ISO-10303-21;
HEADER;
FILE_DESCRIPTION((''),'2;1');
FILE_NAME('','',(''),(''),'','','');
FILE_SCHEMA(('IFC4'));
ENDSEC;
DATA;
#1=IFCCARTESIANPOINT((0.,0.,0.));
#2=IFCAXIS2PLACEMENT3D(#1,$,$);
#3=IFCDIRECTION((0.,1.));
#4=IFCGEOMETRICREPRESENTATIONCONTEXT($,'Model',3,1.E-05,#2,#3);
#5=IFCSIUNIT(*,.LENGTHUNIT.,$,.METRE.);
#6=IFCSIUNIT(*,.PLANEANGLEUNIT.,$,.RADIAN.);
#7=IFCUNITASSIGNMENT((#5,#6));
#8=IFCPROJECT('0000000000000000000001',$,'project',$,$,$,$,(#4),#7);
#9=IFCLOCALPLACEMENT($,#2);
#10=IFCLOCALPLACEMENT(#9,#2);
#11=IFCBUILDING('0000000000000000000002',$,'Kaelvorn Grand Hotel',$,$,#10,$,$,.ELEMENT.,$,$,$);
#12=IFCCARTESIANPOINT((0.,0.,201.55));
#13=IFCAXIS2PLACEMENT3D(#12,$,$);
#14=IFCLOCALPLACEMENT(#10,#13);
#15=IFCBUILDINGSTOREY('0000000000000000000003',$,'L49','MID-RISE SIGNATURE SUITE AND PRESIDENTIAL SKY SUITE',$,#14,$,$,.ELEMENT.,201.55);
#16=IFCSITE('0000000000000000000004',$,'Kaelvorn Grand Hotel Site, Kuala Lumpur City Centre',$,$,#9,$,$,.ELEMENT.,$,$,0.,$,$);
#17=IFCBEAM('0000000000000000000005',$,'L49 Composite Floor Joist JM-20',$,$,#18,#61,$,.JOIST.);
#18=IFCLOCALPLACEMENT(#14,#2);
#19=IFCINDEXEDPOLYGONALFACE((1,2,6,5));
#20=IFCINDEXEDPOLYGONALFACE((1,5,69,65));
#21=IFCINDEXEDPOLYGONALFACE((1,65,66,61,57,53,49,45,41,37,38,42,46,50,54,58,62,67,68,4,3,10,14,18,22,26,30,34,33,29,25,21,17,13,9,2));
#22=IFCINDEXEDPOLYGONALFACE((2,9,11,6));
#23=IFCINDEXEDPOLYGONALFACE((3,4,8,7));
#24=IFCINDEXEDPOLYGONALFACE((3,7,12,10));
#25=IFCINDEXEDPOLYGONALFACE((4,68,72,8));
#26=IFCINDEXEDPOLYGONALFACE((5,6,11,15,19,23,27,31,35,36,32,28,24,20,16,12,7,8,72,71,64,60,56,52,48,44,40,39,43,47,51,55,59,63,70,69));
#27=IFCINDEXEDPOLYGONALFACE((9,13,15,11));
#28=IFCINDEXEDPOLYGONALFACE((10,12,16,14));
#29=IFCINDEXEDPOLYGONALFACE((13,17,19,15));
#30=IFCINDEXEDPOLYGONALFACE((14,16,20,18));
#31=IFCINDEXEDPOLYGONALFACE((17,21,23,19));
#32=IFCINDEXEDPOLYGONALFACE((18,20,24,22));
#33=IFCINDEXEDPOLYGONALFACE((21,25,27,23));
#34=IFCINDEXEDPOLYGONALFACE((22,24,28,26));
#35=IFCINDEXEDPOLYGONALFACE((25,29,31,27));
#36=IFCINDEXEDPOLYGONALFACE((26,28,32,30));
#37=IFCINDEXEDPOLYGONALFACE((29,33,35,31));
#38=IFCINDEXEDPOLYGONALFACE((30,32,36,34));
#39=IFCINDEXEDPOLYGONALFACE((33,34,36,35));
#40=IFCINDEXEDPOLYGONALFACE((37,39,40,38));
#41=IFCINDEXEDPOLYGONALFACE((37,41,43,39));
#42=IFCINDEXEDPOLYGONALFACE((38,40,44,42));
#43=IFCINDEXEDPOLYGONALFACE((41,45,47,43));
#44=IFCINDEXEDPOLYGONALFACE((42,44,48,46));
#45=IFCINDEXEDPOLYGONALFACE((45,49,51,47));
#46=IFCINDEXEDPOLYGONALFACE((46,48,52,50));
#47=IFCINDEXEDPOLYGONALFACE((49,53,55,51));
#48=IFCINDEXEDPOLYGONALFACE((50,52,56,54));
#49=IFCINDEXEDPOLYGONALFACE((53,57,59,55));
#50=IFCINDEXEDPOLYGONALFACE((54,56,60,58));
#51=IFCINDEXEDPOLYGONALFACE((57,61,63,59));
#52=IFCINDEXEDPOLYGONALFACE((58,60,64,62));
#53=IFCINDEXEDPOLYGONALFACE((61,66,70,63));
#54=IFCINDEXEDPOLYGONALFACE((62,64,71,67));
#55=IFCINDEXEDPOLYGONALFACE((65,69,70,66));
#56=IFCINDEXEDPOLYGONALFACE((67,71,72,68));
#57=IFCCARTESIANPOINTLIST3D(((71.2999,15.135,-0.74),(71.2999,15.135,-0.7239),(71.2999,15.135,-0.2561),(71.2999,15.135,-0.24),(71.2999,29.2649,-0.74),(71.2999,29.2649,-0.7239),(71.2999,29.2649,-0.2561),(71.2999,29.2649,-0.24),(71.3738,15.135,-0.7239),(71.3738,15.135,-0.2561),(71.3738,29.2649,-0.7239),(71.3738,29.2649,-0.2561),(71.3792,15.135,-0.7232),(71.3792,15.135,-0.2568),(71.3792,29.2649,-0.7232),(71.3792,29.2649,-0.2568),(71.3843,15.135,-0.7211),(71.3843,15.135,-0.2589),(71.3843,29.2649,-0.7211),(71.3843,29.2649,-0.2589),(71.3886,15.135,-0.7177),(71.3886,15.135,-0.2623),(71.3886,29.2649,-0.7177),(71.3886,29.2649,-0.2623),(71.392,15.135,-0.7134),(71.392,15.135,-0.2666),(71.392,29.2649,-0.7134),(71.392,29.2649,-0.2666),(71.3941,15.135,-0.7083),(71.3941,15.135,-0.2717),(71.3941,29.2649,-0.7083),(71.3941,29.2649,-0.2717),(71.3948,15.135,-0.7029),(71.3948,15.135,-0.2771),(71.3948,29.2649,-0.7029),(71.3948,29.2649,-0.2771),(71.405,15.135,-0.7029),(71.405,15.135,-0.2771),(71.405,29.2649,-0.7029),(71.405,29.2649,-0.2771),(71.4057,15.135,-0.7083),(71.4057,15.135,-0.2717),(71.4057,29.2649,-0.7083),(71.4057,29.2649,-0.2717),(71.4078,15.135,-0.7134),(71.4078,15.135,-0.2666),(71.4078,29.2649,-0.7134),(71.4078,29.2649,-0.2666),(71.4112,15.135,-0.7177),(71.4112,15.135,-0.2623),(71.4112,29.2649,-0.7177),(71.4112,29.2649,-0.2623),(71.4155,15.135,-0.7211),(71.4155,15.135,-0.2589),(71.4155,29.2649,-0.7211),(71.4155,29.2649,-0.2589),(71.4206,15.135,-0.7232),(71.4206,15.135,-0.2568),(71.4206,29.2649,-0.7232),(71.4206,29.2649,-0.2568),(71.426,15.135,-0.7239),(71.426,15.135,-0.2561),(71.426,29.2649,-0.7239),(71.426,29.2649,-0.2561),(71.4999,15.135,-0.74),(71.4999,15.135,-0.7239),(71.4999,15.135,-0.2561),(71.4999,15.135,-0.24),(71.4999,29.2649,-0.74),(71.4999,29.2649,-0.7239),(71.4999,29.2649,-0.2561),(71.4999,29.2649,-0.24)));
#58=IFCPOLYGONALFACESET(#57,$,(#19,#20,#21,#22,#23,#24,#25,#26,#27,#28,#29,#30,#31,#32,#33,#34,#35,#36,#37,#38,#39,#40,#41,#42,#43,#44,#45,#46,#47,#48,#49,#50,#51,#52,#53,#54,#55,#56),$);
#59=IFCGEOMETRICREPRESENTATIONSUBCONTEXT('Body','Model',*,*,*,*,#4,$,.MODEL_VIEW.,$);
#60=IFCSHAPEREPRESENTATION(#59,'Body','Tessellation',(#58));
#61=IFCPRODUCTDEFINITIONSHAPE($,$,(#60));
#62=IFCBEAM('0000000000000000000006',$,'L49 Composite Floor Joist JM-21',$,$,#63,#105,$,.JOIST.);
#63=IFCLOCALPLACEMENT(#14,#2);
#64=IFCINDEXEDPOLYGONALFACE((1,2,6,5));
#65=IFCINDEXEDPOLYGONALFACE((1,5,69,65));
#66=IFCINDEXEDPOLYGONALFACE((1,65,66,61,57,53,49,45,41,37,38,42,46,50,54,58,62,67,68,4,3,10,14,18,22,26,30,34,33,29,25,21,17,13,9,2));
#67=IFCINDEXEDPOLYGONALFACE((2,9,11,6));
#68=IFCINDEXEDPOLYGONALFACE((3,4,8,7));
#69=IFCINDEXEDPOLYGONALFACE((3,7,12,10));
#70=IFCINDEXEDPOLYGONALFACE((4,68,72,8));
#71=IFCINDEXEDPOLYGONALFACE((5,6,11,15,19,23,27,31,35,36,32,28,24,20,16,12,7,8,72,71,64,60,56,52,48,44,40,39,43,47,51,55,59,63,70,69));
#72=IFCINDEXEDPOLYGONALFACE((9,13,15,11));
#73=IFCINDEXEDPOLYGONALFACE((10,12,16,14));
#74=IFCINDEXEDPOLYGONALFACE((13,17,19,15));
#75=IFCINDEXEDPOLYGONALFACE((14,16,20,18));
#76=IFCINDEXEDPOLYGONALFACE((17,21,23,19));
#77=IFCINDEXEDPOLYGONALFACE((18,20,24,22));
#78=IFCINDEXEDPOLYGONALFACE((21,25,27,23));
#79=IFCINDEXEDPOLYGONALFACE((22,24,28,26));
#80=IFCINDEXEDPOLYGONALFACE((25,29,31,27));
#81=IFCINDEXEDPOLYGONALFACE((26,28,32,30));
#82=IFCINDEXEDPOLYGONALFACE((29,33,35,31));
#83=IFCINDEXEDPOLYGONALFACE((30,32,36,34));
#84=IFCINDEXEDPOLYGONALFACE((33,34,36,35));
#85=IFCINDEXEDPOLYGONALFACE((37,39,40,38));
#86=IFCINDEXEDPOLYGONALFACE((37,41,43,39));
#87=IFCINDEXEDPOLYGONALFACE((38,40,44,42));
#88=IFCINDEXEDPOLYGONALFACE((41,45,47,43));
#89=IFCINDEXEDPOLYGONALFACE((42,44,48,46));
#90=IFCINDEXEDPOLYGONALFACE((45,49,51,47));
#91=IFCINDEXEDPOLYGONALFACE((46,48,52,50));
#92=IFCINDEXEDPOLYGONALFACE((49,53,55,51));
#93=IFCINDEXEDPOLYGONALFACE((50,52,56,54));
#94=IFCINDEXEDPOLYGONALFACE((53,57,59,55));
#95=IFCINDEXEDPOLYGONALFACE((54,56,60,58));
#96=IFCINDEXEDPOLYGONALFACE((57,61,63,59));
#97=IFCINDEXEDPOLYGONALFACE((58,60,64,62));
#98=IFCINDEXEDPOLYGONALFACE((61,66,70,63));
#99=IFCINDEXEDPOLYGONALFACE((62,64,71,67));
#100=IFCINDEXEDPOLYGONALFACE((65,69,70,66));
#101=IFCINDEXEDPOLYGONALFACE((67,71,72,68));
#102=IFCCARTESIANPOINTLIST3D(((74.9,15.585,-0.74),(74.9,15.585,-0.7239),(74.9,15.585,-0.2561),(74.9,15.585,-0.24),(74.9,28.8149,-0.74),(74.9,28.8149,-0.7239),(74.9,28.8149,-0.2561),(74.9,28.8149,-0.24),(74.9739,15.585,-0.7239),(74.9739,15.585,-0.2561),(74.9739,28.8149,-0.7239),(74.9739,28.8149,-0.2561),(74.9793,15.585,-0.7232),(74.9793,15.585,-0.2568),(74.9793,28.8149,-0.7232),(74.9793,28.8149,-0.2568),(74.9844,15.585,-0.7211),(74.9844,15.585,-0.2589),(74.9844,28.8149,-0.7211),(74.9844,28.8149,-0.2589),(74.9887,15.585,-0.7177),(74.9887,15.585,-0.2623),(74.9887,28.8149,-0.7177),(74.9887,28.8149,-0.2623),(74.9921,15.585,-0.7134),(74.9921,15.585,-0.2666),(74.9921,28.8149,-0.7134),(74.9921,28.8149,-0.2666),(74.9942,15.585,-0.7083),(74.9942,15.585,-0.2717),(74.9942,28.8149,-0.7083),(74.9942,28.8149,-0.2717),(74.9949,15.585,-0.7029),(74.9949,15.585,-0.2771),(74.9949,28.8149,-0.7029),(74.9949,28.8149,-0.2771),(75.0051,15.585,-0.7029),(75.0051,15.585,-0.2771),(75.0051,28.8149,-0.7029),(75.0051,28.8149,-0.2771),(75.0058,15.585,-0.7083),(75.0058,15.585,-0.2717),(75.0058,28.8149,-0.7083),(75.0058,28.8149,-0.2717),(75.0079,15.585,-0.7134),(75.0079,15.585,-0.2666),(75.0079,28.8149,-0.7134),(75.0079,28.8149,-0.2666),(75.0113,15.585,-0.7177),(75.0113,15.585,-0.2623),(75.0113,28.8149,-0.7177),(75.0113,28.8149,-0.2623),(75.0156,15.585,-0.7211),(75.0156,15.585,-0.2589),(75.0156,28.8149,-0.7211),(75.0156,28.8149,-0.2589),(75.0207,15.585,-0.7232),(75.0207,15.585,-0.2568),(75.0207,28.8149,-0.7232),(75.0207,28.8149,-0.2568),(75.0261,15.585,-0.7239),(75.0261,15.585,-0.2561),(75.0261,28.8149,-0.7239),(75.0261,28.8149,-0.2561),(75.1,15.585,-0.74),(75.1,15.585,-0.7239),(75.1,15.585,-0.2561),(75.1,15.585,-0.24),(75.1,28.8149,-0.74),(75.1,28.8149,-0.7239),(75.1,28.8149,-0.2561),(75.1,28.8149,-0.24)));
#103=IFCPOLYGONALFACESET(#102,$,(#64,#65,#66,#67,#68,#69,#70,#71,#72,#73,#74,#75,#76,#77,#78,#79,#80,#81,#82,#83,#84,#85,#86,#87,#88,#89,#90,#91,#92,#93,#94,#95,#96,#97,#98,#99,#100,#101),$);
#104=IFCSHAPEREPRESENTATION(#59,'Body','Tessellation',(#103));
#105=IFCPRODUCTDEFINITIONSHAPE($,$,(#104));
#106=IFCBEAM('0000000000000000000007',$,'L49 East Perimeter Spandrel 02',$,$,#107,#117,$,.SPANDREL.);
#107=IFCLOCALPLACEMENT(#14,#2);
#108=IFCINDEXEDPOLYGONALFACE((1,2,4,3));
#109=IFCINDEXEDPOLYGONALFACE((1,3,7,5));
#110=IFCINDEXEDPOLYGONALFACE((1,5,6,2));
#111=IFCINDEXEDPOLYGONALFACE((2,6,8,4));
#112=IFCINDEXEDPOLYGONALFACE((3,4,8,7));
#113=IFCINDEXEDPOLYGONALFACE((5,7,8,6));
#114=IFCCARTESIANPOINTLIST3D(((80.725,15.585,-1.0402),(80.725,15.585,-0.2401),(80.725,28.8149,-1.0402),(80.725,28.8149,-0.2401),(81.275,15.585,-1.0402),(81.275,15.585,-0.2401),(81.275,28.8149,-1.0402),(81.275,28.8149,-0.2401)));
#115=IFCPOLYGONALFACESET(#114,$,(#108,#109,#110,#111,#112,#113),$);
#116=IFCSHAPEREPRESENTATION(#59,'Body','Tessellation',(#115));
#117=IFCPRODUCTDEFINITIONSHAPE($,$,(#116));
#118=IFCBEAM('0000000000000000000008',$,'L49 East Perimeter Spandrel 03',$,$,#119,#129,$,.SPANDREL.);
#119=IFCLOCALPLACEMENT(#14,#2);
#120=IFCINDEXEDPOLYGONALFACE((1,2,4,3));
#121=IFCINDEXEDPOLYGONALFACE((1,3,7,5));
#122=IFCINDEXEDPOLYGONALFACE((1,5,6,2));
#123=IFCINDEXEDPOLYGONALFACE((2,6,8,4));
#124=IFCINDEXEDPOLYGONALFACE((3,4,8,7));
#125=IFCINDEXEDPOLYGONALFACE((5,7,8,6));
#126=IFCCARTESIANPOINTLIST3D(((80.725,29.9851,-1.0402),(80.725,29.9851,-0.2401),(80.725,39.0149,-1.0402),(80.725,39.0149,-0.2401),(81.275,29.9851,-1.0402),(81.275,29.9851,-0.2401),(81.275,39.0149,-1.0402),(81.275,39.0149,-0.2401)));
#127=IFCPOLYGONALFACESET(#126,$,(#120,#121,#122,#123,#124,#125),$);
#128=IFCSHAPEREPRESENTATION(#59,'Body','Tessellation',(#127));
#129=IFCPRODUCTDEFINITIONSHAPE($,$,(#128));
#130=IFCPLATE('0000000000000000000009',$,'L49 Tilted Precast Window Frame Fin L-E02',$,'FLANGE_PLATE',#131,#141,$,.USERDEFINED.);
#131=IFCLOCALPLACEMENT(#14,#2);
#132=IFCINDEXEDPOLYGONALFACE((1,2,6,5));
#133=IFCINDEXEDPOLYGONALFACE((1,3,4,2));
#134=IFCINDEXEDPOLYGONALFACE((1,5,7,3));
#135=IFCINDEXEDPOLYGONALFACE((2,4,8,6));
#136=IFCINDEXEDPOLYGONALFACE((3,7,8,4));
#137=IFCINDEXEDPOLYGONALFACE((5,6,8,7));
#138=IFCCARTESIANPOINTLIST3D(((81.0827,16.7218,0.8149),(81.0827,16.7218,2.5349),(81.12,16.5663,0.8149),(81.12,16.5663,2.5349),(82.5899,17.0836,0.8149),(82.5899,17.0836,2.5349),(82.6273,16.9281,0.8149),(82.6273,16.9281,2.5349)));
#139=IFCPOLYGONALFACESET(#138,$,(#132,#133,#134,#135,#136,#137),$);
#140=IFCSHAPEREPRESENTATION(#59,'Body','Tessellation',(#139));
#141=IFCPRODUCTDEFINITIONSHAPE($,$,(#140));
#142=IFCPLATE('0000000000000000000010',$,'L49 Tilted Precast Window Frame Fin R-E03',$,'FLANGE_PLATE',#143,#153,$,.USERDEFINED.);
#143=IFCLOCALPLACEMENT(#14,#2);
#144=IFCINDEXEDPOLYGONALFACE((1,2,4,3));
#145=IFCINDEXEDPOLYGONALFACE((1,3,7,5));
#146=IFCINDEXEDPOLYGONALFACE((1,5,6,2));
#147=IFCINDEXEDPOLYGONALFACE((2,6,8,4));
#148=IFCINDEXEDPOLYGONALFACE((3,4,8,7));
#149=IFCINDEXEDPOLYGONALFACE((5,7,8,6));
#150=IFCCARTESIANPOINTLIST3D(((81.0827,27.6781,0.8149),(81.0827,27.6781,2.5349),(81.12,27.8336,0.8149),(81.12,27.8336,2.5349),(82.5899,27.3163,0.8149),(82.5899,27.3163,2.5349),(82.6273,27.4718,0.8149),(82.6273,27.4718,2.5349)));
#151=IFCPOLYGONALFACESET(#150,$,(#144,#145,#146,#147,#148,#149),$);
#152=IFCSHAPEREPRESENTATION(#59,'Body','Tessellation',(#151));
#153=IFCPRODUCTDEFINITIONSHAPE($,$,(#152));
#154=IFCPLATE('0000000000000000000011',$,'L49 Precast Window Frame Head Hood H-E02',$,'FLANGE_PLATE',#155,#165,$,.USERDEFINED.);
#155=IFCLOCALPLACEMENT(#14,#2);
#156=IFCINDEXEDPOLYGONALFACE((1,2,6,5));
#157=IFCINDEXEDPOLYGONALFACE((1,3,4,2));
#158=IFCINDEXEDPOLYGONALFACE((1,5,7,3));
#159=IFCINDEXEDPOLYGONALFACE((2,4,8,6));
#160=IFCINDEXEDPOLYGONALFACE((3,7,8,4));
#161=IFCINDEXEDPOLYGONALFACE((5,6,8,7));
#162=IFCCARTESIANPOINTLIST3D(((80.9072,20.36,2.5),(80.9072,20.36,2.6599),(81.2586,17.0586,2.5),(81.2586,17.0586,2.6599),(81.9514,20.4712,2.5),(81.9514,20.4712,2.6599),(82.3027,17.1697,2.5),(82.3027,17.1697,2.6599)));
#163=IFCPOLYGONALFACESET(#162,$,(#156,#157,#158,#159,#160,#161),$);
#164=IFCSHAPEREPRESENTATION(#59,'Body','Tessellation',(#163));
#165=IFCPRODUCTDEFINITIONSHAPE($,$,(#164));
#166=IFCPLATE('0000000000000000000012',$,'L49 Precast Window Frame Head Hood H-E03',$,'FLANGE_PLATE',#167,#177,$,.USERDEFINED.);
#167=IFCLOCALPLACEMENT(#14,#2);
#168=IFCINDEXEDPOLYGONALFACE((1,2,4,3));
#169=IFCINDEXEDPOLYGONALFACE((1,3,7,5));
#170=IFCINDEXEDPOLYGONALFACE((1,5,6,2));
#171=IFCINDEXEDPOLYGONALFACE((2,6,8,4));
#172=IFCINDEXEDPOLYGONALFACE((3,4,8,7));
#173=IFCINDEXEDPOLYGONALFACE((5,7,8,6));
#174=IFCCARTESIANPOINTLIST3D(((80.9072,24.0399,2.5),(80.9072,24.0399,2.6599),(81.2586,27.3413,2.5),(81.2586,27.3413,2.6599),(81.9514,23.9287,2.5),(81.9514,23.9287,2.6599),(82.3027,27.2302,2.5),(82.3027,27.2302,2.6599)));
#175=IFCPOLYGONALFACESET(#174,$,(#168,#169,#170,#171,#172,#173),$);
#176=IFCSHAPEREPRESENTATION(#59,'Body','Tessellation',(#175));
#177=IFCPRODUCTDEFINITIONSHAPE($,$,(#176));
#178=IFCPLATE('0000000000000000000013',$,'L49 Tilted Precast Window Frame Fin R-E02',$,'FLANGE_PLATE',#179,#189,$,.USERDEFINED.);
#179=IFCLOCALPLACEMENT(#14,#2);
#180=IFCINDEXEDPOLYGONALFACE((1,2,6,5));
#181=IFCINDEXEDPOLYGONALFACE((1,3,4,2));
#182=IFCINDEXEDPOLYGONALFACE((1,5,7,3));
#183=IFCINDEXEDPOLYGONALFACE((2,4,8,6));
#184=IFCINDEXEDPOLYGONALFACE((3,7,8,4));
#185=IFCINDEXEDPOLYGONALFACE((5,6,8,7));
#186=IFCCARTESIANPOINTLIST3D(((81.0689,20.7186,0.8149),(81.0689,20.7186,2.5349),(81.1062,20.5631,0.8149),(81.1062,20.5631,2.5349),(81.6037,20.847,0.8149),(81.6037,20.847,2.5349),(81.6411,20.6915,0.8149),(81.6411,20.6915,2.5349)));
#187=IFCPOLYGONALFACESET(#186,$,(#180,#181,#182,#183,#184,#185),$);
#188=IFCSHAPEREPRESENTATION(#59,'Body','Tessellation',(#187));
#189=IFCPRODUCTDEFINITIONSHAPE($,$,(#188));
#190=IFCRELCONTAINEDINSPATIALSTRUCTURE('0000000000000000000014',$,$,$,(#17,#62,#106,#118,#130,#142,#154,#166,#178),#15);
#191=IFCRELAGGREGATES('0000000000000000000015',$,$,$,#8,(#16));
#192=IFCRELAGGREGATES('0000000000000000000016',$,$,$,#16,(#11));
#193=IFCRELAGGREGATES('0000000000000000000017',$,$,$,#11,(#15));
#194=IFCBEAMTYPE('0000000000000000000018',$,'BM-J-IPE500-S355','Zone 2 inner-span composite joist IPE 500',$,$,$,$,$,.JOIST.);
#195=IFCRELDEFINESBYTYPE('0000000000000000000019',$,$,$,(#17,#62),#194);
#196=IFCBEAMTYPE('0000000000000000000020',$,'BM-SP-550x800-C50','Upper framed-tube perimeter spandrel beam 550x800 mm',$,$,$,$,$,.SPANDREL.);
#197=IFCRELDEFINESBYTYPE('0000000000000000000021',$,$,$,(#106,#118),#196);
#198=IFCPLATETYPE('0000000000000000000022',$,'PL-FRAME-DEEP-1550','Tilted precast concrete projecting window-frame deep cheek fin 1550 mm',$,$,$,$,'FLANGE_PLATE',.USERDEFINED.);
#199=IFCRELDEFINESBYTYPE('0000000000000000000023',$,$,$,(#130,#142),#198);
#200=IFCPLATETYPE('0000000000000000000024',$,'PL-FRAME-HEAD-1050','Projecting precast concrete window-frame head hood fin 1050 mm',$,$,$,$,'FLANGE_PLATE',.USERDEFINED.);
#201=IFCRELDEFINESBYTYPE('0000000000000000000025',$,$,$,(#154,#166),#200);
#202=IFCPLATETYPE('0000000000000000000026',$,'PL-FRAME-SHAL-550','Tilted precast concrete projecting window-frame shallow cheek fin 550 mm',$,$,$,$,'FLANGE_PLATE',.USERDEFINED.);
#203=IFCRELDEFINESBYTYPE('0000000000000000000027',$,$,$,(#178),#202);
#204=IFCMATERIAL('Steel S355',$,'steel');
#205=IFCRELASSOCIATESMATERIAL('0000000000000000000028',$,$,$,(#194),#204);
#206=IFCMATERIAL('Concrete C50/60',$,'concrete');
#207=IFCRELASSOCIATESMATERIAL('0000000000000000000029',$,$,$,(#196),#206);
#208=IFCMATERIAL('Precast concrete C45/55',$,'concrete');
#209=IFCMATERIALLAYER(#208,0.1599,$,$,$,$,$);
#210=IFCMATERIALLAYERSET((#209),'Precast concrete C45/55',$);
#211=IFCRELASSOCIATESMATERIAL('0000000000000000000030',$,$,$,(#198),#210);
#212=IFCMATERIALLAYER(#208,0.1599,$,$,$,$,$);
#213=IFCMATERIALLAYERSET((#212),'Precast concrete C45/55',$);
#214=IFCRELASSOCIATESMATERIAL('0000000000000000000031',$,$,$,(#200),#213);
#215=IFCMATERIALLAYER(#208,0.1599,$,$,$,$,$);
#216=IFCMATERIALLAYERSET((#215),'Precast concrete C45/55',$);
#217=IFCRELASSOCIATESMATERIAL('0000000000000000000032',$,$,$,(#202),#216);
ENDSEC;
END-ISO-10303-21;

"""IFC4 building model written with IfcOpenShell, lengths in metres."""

from ifc_helpers import new_model, si_unit, direction, frame, origin, origin_2d, place, context, subcontext, project, spatial, rectangle, i_section, extrude, material, layer, layer_set, material_profile, profile_set, type_object, element, save


model = new_model("IFC4")

# Units and contexts
model_context = context("Model", 3, precision=1e-05, world=origin(), true_north=direction((0.0, 1.0)))
body_context = subcontext(model_context, "Body", "Model", "MODEL_VIEW")
ifc_project = project(units=[si_unit("LENGTHUNIT", "METRE"), si_unit("PLANEANGLEUNIT", "RADIAN")], contexts=[model_context])

# Site, building, storey
site_placement = place(None, origin())
site = spatial("IfcSite", under=ifc_project, at=site_placement, Name="Kaelvorn Grand Hotel Site, Kuala Lumpur City Centre", CompositionType="ELEMENT", RefElevation=0.0)
building_placement = place(site_placement, origin())
building = spatial("IfcBuilding", under=site, at=building_placement, Name="Kaelvorn Grand Hotel", CompositionType="ELEMENT")
storey_placement = place(building_placement, frame((0.0, 0.0, 201.55)))
storey = spatial("IfcBuildingStorey", under=building, at=storey_placement, Name="L49", Description="MID-RISE SIGNATURE SUITE AND PRESIDENTIAL SKY SUITE", CompositionType="ELEMENT", Elevation=201.55)

# Beams
ifc_material_1 = material(Name="Steel S355", Category="steel")
ifc_material_profile_1 = material_profile(ifc_material_1, i_section(OverallWidth=0.2, OverallDepth=0.5, WebThickness=0.0103, FlangeThickness=0.0161, FilletRadius=0.021, at=origin_2d()), Name="IPE 500")
ifc_profile_set_1 = profile_set([ifc_material_profile_1], Name="Steel S355")
beam_type_1 = type_object("IfcBeamType", Name="BM-J-IPE500-S355", Description="Zone 2 inner-span composite joist IPE 500", PredefinedType="JOIST", material=ifc_profile_set_1)
beam_1_placement = place(storey_placement, frame((71.3999, 15.135, -0.49), z_axis=(0.0, 1.0, 0.0), x_axis=(-1.0, 0.0, 0.0)))
element("IfcBeam", 1, at=beam_1_placement, inside=storey, type_object=beam_type_1, Name="L49 Composite Floor Joist JM-20", PredefinedType="JOIST", context=body_context, shape_type="SweptSolid", body=[
    extrude(i_section(OverallWidth=0.2, OverallDepth=0.5, WebThickness=0.0103, FlangeThickness=0.0161, FilletRadius=0.021, at=origin_2d()), origin(), (0.0, 0.0, 1.0), 14.1299),
])
beam_2_placement = place(storey_placement, frame((75.0, 15.585, -0.49), z_axis=(0.0, 1.0, 0.0), x_axis=(-1.0, 0.0, 0.0)))
element("IfcBeam", 2, at=beam_2_placement, inside=storey, type_object=beam_type_1, Name="L49 Composite Floor Joist JM-21", PredefinedType="JOIST", context=body_context, shape_type="SweptSolid", body=[
    extrude(i_section(OverallWidth=0.2, OverallDepth=0.5, WebThickness=0.0103, FlangeThickness=0.0161, FilletRadius=0.021, at=origin_2d()), origin(), (0.0, 0.0, 1.0), 13.23),
])
ifc_material_2 = material(Name="Concrete C50/60", Category="concrete")
ifc_material_profile_2 = material_profile(ifc_material_2, rectangle(XDim=0.55, YDim=0.8, at=origin_2d()), Name="RC SPANDREL 550x800")
ifc_profile_set_2 = profile_set([ifc_material_profile_2], Name="Concrete C50/60")
beam_type_2 = type_object("IfcBeamType", Name="BM-SP-550x800-C50", Description="Upper framed-tube perimeter spandrel beam 550x800 mm", PredefinedType="SPANDREL", material=ifc_profile_set_2)
beam_3_placement = place(storey_placement, frame((81.0, 15.585, -0.6401), z_axis=(0.0, 1.0, 0.0), x_axis=(-1.0, 0.0, 0.0)))
element("IfcBeam", 3, at=beam_3_placement, inside=storey, type_object=beam_type_2, Name="L49 East Perimeter Spandrel 02", PredefinedType="SPANDREL", context=body_context, shape_type="SweptSolid", body=[
    extrude(rectangle(XDim=0.55, YDim=0.8, at=origin_2d()), origin(), (0.0, 0.0, 1.0), 13.23),
])
beam_4_placement = place(storey_placement, frame((81.0, 29.9851, -0.6401), z_axis=(0.0, 1.0, 0.0), x_axis=(-1.0, 0.0, 0.0)))
element("IfcBeam", 4, at=beam_4_placement, inside=storey, type_object=beam_type_2, Name="L49 East Perimeter Spandrel 03", PredefinedType="SPANDREL", context=body_context, shape_type="SweptSolid", body=[
    extrude(rectangle(XDim=0.55, YDim=0.8, at=origin_2d()), origin(), (0.0, 0.0, 1.0), 9.0298),
])

# Plates
ifc_material_3 = material(Name="Precast concrete C45/55", Category="concrete")
ifc_layer_1 = layer(ifc_material_3, 0.1599)
ifc_layer_set_1 = layer_set([ifc_layer_1], Name="Precast concrete C45/55")
plate_type_1 = type_object("IfcPlateType", Name="PL-FRAME-DEEP-1550", Description="Tilted precast concrete projecting window-frame deep cheek fin 1550 mm", ElementType="FLANGE_PLATE", PredefinedType="USERDEFINED", material=ifc_layer_set_1)
for number, where, z_axis, x_axis, name in (
    (5, (81.855, 16.825, 0.8149), (0.0, 0.0, 1.0), (-0.233445, 0.97237, 0.0), "L49 Tilted Precast Window Frame Fin L-E02"),
    (6, (81.855, 27.575, 0.8149), (0.0, 0.0, 1.0), (0.233445, 0.97237, 0.0), "L49 Tilted Precast Window Frame Fin R-E03"),
):
    element("IfcPlate", number, at=place(storey_placement, frame(where, z_axis=z_axis, x_axis=x_axis)), inside=storey, type_object=plate_type_1, Name=name, ObjectType="FLANGE_PLATE", PredefinedType="USERDEFINED", context=body_context, shape_type="SweptSolid", body=[
        extrude(rectangle(XDim=0.1599, YDim=1.55, at=origin_2d()), origin(), (0.0, 0.0, 1.0), 1.72),
    ])
ifc_layer_2 = layer(ifc_material_3, 0.1599)
ifc_layer_set_2 = layer_set([ifc_layer_2], Name="Precast concrete C45/55")
plate_type_2 = type_object("IfcPlateType", Name="PL-FRAME-HEAD-1050", Description="Projecting precast concrete window-frame head hood fin 1050 mm", ElementType="FLANGE_PLATE", PredefinedType="USERDEFINED", material=ifc_layer_set_2)
for number, where, z_axis, x_axis, name in (
    (7, (81.605, 18.7649, 2.5), (0.0, 0.0, 1.0), (-0.10583, 0.994384, 0.0), "L49 Precast Window Frame Head Hood H-E02"),
    (8, (81.605, 25.635, 2.5), (0.0, 0.0, 1.0), (0.10583, 0.994384, 0.0), "L49 Precast Window Frame Head Hood H-E03"),
):
    element("IfcPlate", number, at=place(storey_placement, frame(where, z_axis=z_axis, x_axis=x_axis)), inside=storey, type_object=plate_type_2, Name=name, ObjectType="FLANGE_PLATE", PredefinedType="USERDEFINED", context=body_context, shape_type="SweptSolid", body=[
        extrude(rectangle(XDim=3.3201, YDim=1.05, at=origin_2d()), origin(), (0.0, 0.0, 1.0), 0.1599),
    ])
ifc_layer_3 = layer(ifc_material_3, 0.1599)
ifc_layer_set_3 = layer_set([ifc_layer_3], Name="Precast concrete C45/55")
plate_type_3 = type_object("IfcPlateType", Name="PL-FRAME-SHAL-550", Description="Tilted precast concrete projecting window-frame shallow cheek fin 550 mm", ElementType="FLANGE_PLATE", PredefinedType="USERDEFINED", material=ifc_layer_set_3)
for number, where, z_axis, x_axis, name in (
    (9, (81.355, 20.7051, 0.8149), (0.0, 0.0, 1.0), (-0.233445, 0.97237, 0.0), "L49 Tilted Precast Window Frame Fin R-E02"),
):
    element("IfcPlate", number, at=place(storey_placement, frame(where, z_axis=z_axis, x_axis=x_axis)), inside=storey, type_object=plate_type_3, Name=name, ObjectType="FLANGE_PLATE", PredefinedType="USERDEFINED", context=body_context, shape_type="SweptSolid", body=[
        extrude(rectangle(XDim=0.1599, YDim=0.55, at=origin_2d()), origin(), (0.0, 0.0, 1.0), 1.72),
    ])

save(model, "model.ifc")
